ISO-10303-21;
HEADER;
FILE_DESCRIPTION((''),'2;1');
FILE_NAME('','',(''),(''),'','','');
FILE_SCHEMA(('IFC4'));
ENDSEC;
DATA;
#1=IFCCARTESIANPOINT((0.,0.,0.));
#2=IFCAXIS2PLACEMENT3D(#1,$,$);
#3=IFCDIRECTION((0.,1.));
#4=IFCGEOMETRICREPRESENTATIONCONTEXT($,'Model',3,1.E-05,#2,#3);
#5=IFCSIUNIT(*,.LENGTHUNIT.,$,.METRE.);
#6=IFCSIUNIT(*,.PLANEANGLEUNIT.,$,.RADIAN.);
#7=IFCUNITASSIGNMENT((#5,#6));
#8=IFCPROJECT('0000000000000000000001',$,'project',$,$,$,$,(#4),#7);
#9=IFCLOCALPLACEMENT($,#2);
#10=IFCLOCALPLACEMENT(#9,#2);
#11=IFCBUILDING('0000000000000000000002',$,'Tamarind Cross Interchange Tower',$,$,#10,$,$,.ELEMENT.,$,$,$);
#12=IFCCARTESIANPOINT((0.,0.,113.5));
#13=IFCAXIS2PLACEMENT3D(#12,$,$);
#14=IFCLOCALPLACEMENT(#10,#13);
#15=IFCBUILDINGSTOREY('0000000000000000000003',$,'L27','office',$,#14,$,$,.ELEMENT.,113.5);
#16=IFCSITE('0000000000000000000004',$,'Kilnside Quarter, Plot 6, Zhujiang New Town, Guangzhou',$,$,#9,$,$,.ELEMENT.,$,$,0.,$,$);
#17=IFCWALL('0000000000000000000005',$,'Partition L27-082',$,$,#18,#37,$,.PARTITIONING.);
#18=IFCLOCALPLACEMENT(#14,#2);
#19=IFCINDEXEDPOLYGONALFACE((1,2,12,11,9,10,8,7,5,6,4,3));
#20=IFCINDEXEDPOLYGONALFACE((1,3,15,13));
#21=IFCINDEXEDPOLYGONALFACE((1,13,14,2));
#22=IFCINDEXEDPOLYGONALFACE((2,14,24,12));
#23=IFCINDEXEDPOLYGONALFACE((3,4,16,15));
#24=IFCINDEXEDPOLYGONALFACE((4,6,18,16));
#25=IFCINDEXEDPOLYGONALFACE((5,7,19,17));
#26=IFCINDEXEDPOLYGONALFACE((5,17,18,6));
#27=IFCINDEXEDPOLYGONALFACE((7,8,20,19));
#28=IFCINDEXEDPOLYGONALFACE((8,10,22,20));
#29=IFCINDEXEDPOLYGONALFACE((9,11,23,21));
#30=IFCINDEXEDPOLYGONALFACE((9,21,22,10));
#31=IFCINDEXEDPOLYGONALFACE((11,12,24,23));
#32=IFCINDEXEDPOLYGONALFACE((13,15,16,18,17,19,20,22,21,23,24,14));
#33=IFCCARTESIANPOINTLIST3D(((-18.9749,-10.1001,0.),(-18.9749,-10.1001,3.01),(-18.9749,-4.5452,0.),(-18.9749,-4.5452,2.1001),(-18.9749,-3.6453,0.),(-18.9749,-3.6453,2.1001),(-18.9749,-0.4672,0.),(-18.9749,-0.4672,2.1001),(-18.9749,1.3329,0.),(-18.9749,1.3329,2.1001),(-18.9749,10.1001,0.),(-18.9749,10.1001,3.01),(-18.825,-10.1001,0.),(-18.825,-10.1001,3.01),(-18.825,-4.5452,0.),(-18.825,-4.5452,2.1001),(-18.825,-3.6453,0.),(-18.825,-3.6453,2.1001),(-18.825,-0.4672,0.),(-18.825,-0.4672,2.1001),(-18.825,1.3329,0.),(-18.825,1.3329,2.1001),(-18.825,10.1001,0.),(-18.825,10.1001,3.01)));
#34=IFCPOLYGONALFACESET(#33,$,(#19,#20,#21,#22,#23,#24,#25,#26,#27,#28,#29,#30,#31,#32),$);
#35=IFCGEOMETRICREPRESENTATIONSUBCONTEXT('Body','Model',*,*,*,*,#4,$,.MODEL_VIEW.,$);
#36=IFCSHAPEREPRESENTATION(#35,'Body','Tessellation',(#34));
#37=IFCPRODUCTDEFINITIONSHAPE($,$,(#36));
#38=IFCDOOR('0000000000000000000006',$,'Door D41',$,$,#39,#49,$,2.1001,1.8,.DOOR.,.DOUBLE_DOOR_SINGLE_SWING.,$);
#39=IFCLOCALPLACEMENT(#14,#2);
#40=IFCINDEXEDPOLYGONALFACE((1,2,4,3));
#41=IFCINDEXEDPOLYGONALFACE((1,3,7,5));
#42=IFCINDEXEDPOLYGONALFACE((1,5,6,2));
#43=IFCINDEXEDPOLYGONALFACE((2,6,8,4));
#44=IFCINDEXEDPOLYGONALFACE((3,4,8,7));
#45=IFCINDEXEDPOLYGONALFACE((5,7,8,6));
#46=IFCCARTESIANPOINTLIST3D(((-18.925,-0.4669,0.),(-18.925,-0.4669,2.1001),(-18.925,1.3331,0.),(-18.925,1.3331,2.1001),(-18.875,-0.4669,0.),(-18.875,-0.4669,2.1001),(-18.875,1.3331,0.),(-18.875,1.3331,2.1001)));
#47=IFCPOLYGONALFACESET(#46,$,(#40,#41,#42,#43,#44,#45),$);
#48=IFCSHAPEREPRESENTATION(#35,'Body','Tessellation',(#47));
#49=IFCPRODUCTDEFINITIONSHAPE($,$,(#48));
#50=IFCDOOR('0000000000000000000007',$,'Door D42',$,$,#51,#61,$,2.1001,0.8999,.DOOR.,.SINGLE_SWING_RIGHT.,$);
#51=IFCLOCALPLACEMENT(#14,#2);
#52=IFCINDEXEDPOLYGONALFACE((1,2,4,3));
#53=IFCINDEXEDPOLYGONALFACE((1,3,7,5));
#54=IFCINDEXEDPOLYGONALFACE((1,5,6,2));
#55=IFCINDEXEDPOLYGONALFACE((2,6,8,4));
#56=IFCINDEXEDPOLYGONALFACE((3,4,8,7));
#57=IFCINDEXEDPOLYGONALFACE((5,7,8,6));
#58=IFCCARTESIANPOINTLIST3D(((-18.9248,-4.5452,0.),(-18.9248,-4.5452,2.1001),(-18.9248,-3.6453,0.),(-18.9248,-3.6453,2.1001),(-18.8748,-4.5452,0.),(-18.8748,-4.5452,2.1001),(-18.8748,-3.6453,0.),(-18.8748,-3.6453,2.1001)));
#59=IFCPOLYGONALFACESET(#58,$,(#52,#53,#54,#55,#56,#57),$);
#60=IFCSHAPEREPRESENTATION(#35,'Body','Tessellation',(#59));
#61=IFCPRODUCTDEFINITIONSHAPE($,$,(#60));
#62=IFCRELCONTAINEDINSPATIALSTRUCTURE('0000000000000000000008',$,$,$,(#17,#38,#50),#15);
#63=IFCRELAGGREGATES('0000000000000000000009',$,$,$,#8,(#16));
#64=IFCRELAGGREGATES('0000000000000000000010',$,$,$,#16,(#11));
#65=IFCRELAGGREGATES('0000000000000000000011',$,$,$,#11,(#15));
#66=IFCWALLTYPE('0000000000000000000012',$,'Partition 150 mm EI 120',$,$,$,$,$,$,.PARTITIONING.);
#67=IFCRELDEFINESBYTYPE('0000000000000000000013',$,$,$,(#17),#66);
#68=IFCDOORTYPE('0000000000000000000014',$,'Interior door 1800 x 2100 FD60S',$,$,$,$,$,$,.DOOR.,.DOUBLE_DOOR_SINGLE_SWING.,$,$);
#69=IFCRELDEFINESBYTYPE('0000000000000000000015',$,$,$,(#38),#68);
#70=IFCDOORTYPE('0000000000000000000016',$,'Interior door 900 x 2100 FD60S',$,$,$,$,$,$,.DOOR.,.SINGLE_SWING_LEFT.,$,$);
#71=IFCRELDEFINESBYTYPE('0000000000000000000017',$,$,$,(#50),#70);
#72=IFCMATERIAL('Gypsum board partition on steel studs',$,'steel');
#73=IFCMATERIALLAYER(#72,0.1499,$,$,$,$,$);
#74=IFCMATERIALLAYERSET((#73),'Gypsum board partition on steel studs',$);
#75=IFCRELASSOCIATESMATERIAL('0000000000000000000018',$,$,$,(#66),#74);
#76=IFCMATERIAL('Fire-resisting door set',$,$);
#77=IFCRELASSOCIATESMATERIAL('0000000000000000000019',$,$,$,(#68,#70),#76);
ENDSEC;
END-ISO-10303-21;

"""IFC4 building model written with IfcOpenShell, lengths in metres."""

from ifc_helpers import new_model, si_unit, direction, frame, frame_2d, origin, place, context, subcontext, project, spatial, rectangle, extrude, material, layer, layer_set, type_object, element, fill, save


model = new_model("IFC4")

# Units and contexts
model_context = context("Model", 3, precision=1e-05, world=origin(), true_north=direction((0.0, 1.0)))
body_context = subcontext(model_context, "Body", "Model", "MODEL_VIEW")
ifc_project = project(units=[si_unit("LENGTHUNIT", "METRE"), si_unit("PLANEANGLEUNIT", "RADIAN")], contexts=[model_context])

# Site, building, storey
site_placement = place(None, origin())
site = spatial("IfcSite", under=ifc_project, at=site_placement, Name="Kilnside Quarter, Plot 6, Zhujiang New Town, Guangzhou", CompositionType="ELEMENT", RefElevation=0.0)
building_placement = place(site_placement, origin())
building = spatial("IfcBuilding", under=site, at=building_placement, Name="Tamarind Cross Interchange Tower", CompositionType="ELEMENT")
storey_placement = place(building_placement, frame((0.0, 0.0, 113.5)))
storey = spatial("IfcBuildingStorey", under=building, at=storey_placement, Name="L27", Description="office", CompositionType="ELEMENT", Elevation=113.5)

# Shared definitions
ifc_material_1 = material(Name="Gypsum board partition on steel studs", Category="steel")
ifc_layer_1 = layer(ifc_material_1, 0.1499)
ifc_layer_set_1 = layer_set([ifc_layer_1], Name="Gypsum board partition on steel studs")
wall_type_1 = type_object("IfcWallType", Name="Partition 150 mm EI 120", PredefinedType="PARTITIONING", material=ifc_layer_set_1)

# Shared definitions
ifc_material_2 = material(Name="Fire-resisting door set")
door_type_1 = type_object("IfcDoorType", Name="Interior door 1800 x 2100 FD60S", OperationType="DOUBLE_DOOR_SINGLE_SWING", PredefinedType="DOOR", material=ifc_material_2)

# Wall, openings, doors
wall_1_placement = place(storey_placement, frame((-18.8999, -10.1001, 0.0), z_axis=(0.0, 0.0, 1.0), x_axis=(0.0, 1.0, 0.0)))
wall_1 = element("IfcWall", 1, at=wall_1_placement, inside=storey, type_object=wall_type_1, Name="Partition L27-082", PredefinedType="PARTITIONING", context=body_context, shape_type="SweptSolid", body=[
    extrude(rectangle(XDim=20.2002, YDim=0.1499, at=frame_2d((10.1001, 0.0))), origin(), (0.0, 0.0, 1.0), 3.01),
])
opening_1_placement = place(wall_1_placement, frame((9.6331, 0.0, 0.0)))
opening_1 = element("IfcOpeningElement", 2, at=opening_1_placement, cuts=wall_1, PredefinedType="OPENING", context=body_context, shape_type="SweptSolid", body=[
    extrude(rectangle(XDim=1.8, YDim=2.1001, at=frame_2d((0.8999, 1.05))), frame((0.0, 0.085, 0.0), z_axis=(0.0, -1.0, 0.0), x_axis=(1.0, 0.0, 0.0)), (0.0, 0.0, 1.0), 0.1699),
])
opening_2_placement = place(wall_1_placement, frame((5.5549, 0.0, 0.0)))
opening_2 = element("IfcOpeningElement", 3, at=opening_2_placement, cuts=wall_1, PredefinedType="OPENING", context=body_context, shape_type="SweptSolid", body=[
    extrude(rectangle(XDim=0.8999, YDim=2.1001, at=frame_2d((0.45, 1.05))), frame((0.0, 0.085, 0.0), z_axis=(0.0, -1.0, 0.0), x_axis=(1.0, 0.0, 0.0)), (0.0, 0.0, 1.0), 0.1699),
])
door_1_placement = place(opening_1_placement, frame((1.8, 0.0, 0.0), z_axis=(0.0, 0.0, 1.0), x_axis=(-1.0, 0.0, 0.0)))
door_1 = element("IfcDoor", 4, at=door_1_placement, inside=storey, type_object=door_type_1, Name="Door D41", OperationType="DOUBLE_DOOR_SINGLE_SWING", OverallHeight=2.1001, OverallWidth=1.8, PredefinedType="DOOR", context=body_context, shape_type="SweptSolid", body=[
    extrude(rectangle(XDim=1.8, YDim=2.1001, at=frame_2d((0.8999, 1.05))), frame((0.0, 0.0249, 0.0), z_axis=(0.0, -1.0, 0.0), x_axis=(1.0, 0.0, 0.0)), (0.0, 0.0, 1.0), 0.05),
])
fill(opening_1, door_1)
door_type_2 = type_object("IfcDoorType", Name="Interior door 900 x 2100 FD60S", OperationType="SINGLE_SWING_LEFT", PredefinedType="DOOR", material=ifc_material_2)
door_2_placement = place(opening_2_placement, origin())
door_2 = element("IfcDoor", 5, at=door_2_placement, inside=storey, type_object=door_type_2, Name="Door D42", OperationType="SINGLE_SWING_RIGHT", OverallHeight=2.1001, OverallWidth=0.8999, PredefinedType="DOOR", context=body_context, shape_type="SweptSolid", body=[
    extrude(rectangle(XDim=0.8999, YDim=2.1001, at=frame_2d((0.45, 1.05))), frame((0.0, 0.0249, 0.0), z_axis=(0.0, -1.0, 0.0), x_axis=(1.0, 0.0, 0.0)), (0.0, 0.0, 1.0), 0.05),
])
fill(opening_2, door_2)

save(model, "model.ifc")
